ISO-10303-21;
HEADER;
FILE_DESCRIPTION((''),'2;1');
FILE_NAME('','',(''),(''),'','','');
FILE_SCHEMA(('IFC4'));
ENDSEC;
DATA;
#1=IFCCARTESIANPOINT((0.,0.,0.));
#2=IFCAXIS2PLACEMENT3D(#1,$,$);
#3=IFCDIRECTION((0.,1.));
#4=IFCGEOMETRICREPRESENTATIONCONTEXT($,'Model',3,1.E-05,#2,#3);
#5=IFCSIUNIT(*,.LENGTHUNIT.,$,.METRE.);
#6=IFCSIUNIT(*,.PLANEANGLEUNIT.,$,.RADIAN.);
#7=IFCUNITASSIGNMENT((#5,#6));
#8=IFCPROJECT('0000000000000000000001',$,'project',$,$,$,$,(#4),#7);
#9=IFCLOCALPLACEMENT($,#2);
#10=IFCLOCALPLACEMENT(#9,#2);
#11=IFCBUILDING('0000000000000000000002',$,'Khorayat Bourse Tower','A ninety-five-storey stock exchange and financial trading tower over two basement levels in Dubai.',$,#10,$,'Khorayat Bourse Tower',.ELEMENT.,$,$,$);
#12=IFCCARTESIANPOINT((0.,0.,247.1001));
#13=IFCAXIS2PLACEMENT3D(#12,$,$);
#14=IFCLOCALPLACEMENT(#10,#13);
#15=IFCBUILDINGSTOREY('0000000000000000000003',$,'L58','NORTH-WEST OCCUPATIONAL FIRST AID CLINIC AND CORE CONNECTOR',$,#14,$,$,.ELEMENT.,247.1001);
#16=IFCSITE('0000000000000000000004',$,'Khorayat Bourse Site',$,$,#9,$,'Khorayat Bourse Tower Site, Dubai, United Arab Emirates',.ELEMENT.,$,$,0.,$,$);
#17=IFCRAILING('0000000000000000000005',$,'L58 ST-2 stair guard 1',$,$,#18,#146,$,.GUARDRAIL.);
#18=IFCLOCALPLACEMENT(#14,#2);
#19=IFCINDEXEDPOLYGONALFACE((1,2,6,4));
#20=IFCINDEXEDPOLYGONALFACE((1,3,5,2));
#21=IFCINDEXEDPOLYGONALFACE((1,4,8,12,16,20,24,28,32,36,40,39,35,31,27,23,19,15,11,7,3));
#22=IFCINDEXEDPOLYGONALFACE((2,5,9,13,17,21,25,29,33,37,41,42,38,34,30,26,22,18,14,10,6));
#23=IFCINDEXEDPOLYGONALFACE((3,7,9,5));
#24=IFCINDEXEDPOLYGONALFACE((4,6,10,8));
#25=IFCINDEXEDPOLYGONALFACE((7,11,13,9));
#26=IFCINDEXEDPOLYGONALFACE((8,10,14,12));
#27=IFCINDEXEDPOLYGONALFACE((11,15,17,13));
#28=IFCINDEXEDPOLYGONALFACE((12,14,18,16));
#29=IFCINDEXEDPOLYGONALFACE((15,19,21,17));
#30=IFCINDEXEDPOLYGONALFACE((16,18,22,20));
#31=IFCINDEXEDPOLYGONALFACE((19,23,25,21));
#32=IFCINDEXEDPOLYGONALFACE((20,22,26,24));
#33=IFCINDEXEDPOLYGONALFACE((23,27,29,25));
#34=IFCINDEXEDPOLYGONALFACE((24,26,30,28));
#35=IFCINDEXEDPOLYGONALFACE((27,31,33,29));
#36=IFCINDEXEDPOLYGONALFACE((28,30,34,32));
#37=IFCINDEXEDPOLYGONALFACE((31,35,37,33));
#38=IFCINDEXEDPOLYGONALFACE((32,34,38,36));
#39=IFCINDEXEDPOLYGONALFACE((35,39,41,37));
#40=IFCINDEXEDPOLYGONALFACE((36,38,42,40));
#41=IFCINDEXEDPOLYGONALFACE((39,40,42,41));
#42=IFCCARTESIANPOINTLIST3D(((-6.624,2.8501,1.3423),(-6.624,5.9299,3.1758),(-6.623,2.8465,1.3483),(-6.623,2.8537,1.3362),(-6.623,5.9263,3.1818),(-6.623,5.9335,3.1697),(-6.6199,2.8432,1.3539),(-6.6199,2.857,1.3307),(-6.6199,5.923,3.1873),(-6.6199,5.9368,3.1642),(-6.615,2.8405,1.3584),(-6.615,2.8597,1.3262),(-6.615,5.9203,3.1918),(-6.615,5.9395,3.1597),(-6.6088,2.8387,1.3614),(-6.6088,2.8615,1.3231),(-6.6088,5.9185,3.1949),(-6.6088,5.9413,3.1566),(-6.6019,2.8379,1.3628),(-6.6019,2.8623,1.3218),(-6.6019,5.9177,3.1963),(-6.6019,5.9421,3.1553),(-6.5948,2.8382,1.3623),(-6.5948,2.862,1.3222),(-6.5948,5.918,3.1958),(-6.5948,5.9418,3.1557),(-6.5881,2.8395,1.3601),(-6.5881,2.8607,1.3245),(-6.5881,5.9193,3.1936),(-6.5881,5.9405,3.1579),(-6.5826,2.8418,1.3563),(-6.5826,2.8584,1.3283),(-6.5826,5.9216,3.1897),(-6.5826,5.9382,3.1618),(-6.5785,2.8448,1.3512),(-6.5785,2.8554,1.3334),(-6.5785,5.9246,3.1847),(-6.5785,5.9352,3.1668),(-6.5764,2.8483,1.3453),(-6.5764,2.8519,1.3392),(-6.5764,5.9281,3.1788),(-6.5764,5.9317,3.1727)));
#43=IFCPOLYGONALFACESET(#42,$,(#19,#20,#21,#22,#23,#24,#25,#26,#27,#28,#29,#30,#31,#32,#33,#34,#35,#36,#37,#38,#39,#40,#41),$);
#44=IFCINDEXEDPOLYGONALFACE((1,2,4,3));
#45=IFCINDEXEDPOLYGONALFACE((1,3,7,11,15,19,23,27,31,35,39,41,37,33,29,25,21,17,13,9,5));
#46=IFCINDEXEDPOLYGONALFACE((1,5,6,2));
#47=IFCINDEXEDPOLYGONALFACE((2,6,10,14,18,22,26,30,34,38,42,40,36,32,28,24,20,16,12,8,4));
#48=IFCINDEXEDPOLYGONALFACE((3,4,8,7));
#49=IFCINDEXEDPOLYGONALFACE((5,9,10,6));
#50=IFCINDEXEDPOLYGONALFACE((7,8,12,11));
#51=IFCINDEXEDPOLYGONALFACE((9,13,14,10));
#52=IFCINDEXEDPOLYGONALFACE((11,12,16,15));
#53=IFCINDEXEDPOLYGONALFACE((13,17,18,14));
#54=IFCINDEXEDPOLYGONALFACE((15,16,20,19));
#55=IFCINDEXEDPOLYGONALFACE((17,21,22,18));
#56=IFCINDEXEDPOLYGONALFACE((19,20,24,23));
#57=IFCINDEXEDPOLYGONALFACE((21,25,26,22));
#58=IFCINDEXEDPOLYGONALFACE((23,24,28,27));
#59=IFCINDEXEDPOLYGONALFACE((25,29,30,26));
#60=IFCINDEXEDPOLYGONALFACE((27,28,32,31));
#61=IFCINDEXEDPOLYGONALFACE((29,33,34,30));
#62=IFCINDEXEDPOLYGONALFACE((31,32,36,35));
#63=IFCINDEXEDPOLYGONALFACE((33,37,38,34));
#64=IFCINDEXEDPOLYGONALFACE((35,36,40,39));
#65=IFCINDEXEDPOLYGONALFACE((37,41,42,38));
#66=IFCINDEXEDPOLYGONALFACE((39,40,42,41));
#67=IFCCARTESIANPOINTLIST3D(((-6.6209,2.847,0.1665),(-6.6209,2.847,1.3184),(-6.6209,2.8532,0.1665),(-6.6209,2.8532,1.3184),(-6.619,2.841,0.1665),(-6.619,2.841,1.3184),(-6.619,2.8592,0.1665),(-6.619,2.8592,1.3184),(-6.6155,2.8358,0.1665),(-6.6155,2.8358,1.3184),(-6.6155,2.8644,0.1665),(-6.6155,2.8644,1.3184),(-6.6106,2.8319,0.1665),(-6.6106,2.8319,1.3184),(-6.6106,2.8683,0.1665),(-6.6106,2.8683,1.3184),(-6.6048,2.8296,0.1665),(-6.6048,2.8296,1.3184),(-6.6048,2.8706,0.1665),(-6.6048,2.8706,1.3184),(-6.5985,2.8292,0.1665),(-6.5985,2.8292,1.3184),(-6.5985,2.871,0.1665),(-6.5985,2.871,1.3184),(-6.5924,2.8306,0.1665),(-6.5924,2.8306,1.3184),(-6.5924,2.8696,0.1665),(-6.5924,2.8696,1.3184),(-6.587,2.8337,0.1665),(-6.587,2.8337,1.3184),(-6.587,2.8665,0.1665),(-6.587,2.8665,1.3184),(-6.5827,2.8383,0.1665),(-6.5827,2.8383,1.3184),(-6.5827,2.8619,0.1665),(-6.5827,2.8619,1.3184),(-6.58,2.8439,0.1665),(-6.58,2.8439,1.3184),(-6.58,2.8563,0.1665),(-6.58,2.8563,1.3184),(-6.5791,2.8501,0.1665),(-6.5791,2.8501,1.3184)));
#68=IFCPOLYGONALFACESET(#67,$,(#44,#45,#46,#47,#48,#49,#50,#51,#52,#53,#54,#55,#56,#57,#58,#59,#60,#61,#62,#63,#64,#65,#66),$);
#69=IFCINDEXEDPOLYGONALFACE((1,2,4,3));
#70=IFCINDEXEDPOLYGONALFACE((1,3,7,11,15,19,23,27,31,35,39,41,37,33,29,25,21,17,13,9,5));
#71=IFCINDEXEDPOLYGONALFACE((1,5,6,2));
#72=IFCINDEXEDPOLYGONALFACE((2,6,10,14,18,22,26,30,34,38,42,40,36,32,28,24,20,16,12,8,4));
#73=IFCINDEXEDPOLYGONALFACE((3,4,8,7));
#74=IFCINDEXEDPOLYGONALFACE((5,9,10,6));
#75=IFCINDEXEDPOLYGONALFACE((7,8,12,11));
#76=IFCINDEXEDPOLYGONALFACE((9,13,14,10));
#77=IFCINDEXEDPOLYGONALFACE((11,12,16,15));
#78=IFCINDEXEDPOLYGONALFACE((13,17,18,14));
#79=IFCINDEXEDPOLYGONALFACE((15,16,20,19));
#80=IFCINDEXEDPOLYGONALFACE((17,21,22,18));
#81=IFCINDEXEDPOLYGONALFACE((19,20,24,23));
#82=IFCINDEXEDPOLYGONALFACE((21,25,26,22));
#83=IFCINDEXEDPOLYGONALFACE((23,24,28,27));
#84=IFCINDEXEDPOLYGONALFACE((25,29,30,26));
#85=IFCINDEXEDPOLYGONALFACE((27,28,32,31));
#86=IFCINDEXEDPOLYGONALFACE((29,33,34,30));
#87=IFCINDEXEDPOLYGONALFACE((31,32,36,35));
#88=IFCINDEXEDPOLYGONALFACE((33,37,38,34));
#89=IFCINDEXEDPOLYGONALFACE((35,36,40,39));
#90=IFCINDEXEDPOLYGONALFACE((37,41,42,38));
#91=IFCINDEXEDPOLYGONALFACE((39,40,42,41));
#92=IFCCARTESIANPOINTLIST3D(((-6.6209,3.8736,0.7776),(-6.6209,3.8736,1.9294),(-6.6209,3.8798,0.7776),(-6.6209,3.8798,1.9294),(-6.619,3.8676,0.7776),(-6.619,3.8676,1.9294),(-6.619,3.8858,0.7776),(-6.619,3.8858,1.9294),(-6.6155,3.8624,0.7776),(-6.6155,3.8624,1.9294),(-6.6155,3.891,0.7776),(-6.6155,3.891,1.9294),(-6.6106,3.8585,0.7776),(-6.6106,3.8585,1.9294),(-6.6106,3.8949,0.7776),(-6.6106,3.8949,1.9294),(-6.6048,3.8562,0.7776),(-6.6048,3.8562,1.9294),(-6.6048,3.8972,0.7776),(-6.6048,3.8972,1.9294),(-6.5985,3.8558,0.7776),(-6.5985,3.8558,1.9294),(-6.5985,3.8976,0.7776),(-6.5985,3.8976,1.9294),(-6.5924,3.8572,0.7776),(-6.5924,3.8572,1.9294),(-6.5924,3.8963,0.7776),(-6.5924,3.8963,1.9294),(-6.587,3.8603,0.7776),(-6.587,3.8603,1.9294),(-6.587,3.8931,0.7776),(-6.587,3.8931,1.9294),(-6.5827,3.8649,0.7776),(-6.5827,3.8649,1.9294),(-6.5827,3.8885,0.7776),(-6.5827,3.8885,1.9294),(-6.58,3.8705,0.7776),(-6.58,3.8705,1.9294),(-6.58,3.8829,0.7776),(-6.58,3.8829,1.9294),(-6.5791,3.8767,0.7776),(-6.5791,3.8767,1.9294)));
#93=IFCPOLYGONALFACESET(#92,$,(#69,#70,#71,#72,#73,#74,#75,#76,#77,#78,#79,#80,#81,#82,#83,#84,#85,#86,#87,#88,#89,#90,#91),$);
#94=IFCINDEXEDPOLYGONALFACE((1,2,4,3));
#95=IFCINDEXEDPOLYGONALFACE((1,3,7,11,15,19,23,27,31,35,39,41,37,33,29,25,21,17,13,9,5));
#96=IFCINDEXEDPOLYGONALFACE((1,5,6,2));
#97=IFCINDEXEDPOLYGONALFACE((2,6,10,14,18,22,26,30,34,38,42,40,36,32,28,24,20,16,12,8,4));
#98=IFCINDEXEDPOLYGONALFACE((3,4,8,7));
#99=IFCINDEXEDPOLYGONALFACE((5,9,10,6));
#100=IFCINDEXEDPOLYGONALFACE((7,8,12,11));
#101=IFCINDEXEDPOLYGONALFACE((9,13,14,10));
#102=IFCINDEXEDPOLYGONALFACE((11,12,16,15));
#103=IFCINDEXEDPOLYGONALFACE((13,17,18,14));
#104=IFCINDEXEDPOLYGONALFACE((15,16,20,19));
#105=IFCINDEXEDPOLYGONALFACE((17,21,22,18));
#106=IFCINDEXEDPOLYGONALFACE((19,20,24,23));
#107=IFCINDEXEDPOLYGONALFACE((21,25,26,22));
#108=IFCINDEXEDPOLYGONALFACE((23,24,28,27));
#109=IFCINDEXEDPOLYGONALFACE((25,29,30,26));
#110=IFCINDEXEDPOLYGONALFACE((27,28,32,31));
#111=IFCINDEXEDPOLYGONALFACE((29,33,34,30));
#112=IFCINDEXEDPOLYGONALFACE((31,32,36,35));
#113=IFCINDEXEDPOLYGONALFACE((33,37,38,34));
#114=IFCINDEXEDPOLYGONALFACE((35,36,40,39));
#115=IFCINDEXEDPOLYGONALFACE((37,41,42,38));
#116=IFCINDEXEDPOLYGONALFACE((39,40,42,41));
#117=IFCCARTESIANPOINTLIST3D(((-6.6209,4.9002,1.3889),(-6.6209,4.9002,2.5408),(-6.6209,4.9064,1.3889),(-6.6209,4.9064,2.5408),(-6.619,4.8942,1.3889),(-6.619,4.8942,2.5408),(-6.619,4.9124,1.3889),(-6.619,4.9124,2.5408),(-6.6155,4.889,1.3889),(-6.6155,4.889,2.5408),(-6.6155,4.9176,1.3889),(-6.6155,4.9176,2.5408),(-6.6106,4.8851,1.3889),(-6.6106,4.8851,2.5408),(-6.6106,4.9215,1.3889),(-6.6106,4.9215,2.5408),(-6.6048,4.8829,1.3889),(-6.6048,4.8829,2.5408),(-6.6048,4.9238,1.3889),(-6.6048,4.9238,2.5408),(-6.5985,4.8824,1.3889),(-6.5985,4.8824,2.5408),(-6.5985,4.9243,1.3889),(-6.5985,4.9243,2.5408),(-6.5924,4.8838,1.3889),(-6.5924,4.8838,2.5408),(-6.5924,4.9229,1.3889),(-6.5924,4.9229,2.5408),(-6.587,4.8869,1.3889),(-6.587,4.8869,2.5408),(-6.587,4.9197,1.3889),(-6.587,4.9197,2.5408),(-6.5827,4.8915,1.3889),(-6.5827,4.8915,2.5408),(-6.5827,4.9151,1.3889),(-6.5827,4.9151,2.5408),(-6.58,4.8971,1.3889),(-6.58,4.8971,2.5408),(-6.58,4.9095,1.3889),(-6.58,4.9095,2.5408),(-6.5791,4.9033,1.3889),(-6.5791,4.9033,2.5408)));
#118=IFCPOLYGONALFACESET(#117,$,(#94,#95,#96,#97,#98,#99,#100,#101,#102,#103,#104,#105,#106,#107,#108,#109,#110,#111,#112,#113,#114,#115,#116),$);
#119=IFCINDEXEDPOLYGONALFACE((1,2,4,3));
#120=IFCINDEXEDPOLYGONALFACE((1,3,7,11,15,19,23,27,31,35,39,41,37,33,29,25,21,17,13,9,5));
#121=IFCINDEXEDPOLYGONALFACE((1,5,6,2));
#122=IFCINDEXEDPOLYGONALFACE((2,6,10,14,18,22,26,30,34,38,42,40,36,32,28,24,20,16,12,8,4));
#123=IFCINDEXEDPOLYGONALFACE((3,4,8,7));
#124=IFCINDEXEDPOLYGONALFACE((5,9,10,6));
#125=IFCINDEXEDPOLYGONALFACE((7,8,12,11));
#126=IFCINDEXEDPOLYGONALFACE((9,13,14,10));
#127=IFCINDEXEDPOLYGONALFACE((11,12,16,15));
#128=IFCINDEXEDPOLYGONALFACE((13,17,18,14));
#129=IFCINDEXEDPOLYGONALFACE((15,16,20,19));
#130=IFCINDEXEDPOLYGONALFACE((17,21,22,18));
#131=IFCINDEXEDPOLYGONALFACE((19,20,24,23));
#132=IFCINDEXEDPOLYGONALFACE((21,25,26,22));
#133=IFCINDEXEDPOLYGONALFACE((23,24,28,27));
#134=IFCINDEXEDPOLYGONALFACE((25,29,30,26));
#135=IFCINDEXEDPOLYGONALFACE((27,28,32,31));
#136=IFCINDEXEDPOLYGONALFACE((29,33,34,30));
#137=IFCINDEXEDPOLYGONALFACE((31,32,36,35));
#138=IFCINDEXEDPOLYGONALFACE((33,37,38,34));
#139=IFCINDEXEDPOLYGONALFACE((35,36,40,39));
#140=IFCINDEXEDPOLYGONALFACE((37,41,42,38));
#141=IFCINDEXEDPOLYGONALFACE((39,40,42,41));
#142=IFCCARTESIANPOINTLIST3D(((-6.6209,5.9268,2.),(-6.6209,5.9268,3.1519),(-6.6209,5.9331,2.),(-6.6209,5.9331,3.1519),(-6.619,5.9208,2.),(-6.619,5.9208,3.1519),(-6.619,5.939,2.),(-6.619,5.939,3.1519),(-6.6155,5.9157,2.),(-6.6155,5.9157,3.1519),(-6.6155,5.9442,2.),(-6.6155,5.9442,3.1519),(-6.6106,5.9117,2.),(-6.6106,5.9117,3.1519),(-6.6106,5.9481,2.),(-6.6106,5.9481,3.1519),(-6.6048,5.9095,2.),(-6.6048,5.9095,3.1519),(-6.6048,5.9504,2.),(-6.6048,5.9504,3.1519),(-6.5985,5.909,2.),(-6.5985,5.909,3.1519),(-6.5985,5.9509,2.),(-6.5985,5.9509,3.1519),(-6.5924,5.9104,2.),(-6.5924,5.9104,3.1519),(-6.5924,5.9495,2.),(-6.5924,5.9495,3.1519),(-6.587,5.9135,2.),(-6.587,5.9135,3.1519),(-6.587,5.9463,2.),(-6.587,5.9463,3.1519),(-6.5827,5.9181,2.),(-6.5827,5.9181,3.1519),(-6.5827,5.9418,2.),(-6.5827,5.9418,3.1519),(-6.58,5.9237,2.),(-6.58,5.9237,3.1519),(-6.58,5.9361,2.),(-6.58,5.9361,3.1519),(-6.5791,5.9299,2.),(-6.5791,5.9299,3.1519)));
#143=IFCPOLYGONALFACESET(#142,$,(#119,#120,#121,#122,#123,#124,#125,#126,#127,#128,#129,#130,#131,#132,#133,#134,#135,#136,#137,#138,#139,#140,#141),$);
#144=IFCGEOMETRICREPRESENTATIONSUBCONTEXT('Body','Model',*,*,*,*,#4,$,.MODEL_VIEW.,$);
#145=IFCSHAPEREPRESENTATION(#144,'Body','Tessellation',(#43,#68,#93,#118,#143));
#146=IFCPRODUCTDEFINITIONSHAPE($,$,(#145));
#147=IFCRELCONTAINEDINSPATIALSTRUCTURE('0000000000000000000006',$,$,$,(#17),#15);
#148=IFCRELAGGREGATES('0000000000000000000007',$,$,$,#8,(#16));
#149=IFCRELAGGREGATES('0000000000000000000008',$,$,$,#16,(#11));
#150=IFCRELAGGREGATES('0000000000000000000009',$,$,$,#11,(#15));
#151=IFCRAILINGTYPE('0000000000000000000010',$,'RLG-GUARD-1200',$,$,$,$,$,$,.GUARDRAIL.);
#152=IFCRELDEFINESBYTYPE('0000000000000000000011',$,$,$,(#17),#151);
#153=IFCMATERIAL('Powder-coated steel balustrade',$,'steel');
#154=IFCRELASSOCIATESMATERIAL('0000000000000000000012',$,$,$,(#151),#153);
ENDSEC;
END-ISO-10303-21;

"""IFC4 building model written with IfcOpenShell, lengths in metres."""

from ifc_helpers import new_model, si_unit, direction, frame, origin, origin_2d, place, context, subcontext, project, spatial, circle, extrude, source, transform, mapped, material, type_object, element, save


model = new_model("IFC4")

# Units and contexts
model_context = context("Model", 3, precision=1e-05, world=origin(), true_north=direction((0.0, 1.0)))
body_context = subcontext(model_context, "Body", "Model", "MODEL_VIEW")
ifc_project = project(units=[si_unit("LENGTHUNIT", "METRE"), si_unit("PLANEANGLEUNIT", "RADIAN")], contexts=[model_context])

# Site, building, storey
site_placement = place(None, origin())
site = spatial("IfcSite", under=ifc_project, at=site_placement, Name="Khorayat Bourse Site", LongName="Khorayat Bourse Tower Site, Dubai, United Arab Emirates", CompositionType="ELEMENT", RefElevation=0.0)
building_placement = place(site_placement, origin())
building = spatial("IfcBuilding", under=site, at=building_placement, Name="Khorayat Bourse Tower", Description="A ninety-five-storey stock exchange and financial trading tower over two basement levels in Dubai.", LongName="Khorayat Bourse Tower", CompositionType="ELEMENT")
storey_placement = place(building_placement, frame((0.0, 0.0, 247.1001)))
storey = spatial("IfcBuildingStorey", under=building, at=storey_placement, Name="L58", Description="NORTH-WEST OCCUPATIONAL FIRST AID CLINIC AND CORE CONNECTOR", CompositionType="ELEMENT", Elevation=247.1001)

# Railing
ifc_material_1 = material(Name="Powder-coated steel balustrade", Category="steel")
railing_type_1 = type_object("IfcRailingType", Name="RLG-GUARD-1200", PredefinedType="GUARDRAIL", material=ifc_material_1)
shared_shape_1 = source(origin(), body_context, "Body", "SweptSolid", [
    extrude(circle(Radius=0.0239, at=origin_2d()), frame((0.0, 0.0, 1.1758), z_axis=(0.0, 0.859261, 0.511538), x_axis=(-1.0, 0.0, 0.0)), (0.0, 0.0, 1.0), 3.5842),
    extrude(circle(Radius=0.021, at=origin_2d()), origin(), (0.0, 0.0, 1.0), 1.1519),
    extrude(circle(Radius=0.021, at=origin_2d()), frame((0.0, 1.0266, 0.6111)), (0.0, 0.0, 1.0), 1.1519),
    extrude(circle(Radius=0.021, at=origin_2d()), frame((0.0, 2.0532, 1.2224)), (0.0, 0.0, 1.0), 1.1519),
    extrude(circle(Radius=0.021, at=origin_2d()), frame((0.0, 3.0798, 1.8335)), (0.0, 0.0, 1.0), 1.1519),
])
railing_1_placement = place(storey_placement, frame((-6.6001, 2.8501, 0.1665)))
element("IfcRailing", 1, at=railing_1_placement, inside=storey, type_object=railing_type_1, Name="L58 ST-2 stair guard 1", PredefinedType="GUARDRAIL", context=body_context, shape_type="MappedRepresentation", body=[
    mapped(shared_shape_1, transform((0.0, 0.0, 0.0), scale=1.0)),
])

save(model, "model.ifc")
